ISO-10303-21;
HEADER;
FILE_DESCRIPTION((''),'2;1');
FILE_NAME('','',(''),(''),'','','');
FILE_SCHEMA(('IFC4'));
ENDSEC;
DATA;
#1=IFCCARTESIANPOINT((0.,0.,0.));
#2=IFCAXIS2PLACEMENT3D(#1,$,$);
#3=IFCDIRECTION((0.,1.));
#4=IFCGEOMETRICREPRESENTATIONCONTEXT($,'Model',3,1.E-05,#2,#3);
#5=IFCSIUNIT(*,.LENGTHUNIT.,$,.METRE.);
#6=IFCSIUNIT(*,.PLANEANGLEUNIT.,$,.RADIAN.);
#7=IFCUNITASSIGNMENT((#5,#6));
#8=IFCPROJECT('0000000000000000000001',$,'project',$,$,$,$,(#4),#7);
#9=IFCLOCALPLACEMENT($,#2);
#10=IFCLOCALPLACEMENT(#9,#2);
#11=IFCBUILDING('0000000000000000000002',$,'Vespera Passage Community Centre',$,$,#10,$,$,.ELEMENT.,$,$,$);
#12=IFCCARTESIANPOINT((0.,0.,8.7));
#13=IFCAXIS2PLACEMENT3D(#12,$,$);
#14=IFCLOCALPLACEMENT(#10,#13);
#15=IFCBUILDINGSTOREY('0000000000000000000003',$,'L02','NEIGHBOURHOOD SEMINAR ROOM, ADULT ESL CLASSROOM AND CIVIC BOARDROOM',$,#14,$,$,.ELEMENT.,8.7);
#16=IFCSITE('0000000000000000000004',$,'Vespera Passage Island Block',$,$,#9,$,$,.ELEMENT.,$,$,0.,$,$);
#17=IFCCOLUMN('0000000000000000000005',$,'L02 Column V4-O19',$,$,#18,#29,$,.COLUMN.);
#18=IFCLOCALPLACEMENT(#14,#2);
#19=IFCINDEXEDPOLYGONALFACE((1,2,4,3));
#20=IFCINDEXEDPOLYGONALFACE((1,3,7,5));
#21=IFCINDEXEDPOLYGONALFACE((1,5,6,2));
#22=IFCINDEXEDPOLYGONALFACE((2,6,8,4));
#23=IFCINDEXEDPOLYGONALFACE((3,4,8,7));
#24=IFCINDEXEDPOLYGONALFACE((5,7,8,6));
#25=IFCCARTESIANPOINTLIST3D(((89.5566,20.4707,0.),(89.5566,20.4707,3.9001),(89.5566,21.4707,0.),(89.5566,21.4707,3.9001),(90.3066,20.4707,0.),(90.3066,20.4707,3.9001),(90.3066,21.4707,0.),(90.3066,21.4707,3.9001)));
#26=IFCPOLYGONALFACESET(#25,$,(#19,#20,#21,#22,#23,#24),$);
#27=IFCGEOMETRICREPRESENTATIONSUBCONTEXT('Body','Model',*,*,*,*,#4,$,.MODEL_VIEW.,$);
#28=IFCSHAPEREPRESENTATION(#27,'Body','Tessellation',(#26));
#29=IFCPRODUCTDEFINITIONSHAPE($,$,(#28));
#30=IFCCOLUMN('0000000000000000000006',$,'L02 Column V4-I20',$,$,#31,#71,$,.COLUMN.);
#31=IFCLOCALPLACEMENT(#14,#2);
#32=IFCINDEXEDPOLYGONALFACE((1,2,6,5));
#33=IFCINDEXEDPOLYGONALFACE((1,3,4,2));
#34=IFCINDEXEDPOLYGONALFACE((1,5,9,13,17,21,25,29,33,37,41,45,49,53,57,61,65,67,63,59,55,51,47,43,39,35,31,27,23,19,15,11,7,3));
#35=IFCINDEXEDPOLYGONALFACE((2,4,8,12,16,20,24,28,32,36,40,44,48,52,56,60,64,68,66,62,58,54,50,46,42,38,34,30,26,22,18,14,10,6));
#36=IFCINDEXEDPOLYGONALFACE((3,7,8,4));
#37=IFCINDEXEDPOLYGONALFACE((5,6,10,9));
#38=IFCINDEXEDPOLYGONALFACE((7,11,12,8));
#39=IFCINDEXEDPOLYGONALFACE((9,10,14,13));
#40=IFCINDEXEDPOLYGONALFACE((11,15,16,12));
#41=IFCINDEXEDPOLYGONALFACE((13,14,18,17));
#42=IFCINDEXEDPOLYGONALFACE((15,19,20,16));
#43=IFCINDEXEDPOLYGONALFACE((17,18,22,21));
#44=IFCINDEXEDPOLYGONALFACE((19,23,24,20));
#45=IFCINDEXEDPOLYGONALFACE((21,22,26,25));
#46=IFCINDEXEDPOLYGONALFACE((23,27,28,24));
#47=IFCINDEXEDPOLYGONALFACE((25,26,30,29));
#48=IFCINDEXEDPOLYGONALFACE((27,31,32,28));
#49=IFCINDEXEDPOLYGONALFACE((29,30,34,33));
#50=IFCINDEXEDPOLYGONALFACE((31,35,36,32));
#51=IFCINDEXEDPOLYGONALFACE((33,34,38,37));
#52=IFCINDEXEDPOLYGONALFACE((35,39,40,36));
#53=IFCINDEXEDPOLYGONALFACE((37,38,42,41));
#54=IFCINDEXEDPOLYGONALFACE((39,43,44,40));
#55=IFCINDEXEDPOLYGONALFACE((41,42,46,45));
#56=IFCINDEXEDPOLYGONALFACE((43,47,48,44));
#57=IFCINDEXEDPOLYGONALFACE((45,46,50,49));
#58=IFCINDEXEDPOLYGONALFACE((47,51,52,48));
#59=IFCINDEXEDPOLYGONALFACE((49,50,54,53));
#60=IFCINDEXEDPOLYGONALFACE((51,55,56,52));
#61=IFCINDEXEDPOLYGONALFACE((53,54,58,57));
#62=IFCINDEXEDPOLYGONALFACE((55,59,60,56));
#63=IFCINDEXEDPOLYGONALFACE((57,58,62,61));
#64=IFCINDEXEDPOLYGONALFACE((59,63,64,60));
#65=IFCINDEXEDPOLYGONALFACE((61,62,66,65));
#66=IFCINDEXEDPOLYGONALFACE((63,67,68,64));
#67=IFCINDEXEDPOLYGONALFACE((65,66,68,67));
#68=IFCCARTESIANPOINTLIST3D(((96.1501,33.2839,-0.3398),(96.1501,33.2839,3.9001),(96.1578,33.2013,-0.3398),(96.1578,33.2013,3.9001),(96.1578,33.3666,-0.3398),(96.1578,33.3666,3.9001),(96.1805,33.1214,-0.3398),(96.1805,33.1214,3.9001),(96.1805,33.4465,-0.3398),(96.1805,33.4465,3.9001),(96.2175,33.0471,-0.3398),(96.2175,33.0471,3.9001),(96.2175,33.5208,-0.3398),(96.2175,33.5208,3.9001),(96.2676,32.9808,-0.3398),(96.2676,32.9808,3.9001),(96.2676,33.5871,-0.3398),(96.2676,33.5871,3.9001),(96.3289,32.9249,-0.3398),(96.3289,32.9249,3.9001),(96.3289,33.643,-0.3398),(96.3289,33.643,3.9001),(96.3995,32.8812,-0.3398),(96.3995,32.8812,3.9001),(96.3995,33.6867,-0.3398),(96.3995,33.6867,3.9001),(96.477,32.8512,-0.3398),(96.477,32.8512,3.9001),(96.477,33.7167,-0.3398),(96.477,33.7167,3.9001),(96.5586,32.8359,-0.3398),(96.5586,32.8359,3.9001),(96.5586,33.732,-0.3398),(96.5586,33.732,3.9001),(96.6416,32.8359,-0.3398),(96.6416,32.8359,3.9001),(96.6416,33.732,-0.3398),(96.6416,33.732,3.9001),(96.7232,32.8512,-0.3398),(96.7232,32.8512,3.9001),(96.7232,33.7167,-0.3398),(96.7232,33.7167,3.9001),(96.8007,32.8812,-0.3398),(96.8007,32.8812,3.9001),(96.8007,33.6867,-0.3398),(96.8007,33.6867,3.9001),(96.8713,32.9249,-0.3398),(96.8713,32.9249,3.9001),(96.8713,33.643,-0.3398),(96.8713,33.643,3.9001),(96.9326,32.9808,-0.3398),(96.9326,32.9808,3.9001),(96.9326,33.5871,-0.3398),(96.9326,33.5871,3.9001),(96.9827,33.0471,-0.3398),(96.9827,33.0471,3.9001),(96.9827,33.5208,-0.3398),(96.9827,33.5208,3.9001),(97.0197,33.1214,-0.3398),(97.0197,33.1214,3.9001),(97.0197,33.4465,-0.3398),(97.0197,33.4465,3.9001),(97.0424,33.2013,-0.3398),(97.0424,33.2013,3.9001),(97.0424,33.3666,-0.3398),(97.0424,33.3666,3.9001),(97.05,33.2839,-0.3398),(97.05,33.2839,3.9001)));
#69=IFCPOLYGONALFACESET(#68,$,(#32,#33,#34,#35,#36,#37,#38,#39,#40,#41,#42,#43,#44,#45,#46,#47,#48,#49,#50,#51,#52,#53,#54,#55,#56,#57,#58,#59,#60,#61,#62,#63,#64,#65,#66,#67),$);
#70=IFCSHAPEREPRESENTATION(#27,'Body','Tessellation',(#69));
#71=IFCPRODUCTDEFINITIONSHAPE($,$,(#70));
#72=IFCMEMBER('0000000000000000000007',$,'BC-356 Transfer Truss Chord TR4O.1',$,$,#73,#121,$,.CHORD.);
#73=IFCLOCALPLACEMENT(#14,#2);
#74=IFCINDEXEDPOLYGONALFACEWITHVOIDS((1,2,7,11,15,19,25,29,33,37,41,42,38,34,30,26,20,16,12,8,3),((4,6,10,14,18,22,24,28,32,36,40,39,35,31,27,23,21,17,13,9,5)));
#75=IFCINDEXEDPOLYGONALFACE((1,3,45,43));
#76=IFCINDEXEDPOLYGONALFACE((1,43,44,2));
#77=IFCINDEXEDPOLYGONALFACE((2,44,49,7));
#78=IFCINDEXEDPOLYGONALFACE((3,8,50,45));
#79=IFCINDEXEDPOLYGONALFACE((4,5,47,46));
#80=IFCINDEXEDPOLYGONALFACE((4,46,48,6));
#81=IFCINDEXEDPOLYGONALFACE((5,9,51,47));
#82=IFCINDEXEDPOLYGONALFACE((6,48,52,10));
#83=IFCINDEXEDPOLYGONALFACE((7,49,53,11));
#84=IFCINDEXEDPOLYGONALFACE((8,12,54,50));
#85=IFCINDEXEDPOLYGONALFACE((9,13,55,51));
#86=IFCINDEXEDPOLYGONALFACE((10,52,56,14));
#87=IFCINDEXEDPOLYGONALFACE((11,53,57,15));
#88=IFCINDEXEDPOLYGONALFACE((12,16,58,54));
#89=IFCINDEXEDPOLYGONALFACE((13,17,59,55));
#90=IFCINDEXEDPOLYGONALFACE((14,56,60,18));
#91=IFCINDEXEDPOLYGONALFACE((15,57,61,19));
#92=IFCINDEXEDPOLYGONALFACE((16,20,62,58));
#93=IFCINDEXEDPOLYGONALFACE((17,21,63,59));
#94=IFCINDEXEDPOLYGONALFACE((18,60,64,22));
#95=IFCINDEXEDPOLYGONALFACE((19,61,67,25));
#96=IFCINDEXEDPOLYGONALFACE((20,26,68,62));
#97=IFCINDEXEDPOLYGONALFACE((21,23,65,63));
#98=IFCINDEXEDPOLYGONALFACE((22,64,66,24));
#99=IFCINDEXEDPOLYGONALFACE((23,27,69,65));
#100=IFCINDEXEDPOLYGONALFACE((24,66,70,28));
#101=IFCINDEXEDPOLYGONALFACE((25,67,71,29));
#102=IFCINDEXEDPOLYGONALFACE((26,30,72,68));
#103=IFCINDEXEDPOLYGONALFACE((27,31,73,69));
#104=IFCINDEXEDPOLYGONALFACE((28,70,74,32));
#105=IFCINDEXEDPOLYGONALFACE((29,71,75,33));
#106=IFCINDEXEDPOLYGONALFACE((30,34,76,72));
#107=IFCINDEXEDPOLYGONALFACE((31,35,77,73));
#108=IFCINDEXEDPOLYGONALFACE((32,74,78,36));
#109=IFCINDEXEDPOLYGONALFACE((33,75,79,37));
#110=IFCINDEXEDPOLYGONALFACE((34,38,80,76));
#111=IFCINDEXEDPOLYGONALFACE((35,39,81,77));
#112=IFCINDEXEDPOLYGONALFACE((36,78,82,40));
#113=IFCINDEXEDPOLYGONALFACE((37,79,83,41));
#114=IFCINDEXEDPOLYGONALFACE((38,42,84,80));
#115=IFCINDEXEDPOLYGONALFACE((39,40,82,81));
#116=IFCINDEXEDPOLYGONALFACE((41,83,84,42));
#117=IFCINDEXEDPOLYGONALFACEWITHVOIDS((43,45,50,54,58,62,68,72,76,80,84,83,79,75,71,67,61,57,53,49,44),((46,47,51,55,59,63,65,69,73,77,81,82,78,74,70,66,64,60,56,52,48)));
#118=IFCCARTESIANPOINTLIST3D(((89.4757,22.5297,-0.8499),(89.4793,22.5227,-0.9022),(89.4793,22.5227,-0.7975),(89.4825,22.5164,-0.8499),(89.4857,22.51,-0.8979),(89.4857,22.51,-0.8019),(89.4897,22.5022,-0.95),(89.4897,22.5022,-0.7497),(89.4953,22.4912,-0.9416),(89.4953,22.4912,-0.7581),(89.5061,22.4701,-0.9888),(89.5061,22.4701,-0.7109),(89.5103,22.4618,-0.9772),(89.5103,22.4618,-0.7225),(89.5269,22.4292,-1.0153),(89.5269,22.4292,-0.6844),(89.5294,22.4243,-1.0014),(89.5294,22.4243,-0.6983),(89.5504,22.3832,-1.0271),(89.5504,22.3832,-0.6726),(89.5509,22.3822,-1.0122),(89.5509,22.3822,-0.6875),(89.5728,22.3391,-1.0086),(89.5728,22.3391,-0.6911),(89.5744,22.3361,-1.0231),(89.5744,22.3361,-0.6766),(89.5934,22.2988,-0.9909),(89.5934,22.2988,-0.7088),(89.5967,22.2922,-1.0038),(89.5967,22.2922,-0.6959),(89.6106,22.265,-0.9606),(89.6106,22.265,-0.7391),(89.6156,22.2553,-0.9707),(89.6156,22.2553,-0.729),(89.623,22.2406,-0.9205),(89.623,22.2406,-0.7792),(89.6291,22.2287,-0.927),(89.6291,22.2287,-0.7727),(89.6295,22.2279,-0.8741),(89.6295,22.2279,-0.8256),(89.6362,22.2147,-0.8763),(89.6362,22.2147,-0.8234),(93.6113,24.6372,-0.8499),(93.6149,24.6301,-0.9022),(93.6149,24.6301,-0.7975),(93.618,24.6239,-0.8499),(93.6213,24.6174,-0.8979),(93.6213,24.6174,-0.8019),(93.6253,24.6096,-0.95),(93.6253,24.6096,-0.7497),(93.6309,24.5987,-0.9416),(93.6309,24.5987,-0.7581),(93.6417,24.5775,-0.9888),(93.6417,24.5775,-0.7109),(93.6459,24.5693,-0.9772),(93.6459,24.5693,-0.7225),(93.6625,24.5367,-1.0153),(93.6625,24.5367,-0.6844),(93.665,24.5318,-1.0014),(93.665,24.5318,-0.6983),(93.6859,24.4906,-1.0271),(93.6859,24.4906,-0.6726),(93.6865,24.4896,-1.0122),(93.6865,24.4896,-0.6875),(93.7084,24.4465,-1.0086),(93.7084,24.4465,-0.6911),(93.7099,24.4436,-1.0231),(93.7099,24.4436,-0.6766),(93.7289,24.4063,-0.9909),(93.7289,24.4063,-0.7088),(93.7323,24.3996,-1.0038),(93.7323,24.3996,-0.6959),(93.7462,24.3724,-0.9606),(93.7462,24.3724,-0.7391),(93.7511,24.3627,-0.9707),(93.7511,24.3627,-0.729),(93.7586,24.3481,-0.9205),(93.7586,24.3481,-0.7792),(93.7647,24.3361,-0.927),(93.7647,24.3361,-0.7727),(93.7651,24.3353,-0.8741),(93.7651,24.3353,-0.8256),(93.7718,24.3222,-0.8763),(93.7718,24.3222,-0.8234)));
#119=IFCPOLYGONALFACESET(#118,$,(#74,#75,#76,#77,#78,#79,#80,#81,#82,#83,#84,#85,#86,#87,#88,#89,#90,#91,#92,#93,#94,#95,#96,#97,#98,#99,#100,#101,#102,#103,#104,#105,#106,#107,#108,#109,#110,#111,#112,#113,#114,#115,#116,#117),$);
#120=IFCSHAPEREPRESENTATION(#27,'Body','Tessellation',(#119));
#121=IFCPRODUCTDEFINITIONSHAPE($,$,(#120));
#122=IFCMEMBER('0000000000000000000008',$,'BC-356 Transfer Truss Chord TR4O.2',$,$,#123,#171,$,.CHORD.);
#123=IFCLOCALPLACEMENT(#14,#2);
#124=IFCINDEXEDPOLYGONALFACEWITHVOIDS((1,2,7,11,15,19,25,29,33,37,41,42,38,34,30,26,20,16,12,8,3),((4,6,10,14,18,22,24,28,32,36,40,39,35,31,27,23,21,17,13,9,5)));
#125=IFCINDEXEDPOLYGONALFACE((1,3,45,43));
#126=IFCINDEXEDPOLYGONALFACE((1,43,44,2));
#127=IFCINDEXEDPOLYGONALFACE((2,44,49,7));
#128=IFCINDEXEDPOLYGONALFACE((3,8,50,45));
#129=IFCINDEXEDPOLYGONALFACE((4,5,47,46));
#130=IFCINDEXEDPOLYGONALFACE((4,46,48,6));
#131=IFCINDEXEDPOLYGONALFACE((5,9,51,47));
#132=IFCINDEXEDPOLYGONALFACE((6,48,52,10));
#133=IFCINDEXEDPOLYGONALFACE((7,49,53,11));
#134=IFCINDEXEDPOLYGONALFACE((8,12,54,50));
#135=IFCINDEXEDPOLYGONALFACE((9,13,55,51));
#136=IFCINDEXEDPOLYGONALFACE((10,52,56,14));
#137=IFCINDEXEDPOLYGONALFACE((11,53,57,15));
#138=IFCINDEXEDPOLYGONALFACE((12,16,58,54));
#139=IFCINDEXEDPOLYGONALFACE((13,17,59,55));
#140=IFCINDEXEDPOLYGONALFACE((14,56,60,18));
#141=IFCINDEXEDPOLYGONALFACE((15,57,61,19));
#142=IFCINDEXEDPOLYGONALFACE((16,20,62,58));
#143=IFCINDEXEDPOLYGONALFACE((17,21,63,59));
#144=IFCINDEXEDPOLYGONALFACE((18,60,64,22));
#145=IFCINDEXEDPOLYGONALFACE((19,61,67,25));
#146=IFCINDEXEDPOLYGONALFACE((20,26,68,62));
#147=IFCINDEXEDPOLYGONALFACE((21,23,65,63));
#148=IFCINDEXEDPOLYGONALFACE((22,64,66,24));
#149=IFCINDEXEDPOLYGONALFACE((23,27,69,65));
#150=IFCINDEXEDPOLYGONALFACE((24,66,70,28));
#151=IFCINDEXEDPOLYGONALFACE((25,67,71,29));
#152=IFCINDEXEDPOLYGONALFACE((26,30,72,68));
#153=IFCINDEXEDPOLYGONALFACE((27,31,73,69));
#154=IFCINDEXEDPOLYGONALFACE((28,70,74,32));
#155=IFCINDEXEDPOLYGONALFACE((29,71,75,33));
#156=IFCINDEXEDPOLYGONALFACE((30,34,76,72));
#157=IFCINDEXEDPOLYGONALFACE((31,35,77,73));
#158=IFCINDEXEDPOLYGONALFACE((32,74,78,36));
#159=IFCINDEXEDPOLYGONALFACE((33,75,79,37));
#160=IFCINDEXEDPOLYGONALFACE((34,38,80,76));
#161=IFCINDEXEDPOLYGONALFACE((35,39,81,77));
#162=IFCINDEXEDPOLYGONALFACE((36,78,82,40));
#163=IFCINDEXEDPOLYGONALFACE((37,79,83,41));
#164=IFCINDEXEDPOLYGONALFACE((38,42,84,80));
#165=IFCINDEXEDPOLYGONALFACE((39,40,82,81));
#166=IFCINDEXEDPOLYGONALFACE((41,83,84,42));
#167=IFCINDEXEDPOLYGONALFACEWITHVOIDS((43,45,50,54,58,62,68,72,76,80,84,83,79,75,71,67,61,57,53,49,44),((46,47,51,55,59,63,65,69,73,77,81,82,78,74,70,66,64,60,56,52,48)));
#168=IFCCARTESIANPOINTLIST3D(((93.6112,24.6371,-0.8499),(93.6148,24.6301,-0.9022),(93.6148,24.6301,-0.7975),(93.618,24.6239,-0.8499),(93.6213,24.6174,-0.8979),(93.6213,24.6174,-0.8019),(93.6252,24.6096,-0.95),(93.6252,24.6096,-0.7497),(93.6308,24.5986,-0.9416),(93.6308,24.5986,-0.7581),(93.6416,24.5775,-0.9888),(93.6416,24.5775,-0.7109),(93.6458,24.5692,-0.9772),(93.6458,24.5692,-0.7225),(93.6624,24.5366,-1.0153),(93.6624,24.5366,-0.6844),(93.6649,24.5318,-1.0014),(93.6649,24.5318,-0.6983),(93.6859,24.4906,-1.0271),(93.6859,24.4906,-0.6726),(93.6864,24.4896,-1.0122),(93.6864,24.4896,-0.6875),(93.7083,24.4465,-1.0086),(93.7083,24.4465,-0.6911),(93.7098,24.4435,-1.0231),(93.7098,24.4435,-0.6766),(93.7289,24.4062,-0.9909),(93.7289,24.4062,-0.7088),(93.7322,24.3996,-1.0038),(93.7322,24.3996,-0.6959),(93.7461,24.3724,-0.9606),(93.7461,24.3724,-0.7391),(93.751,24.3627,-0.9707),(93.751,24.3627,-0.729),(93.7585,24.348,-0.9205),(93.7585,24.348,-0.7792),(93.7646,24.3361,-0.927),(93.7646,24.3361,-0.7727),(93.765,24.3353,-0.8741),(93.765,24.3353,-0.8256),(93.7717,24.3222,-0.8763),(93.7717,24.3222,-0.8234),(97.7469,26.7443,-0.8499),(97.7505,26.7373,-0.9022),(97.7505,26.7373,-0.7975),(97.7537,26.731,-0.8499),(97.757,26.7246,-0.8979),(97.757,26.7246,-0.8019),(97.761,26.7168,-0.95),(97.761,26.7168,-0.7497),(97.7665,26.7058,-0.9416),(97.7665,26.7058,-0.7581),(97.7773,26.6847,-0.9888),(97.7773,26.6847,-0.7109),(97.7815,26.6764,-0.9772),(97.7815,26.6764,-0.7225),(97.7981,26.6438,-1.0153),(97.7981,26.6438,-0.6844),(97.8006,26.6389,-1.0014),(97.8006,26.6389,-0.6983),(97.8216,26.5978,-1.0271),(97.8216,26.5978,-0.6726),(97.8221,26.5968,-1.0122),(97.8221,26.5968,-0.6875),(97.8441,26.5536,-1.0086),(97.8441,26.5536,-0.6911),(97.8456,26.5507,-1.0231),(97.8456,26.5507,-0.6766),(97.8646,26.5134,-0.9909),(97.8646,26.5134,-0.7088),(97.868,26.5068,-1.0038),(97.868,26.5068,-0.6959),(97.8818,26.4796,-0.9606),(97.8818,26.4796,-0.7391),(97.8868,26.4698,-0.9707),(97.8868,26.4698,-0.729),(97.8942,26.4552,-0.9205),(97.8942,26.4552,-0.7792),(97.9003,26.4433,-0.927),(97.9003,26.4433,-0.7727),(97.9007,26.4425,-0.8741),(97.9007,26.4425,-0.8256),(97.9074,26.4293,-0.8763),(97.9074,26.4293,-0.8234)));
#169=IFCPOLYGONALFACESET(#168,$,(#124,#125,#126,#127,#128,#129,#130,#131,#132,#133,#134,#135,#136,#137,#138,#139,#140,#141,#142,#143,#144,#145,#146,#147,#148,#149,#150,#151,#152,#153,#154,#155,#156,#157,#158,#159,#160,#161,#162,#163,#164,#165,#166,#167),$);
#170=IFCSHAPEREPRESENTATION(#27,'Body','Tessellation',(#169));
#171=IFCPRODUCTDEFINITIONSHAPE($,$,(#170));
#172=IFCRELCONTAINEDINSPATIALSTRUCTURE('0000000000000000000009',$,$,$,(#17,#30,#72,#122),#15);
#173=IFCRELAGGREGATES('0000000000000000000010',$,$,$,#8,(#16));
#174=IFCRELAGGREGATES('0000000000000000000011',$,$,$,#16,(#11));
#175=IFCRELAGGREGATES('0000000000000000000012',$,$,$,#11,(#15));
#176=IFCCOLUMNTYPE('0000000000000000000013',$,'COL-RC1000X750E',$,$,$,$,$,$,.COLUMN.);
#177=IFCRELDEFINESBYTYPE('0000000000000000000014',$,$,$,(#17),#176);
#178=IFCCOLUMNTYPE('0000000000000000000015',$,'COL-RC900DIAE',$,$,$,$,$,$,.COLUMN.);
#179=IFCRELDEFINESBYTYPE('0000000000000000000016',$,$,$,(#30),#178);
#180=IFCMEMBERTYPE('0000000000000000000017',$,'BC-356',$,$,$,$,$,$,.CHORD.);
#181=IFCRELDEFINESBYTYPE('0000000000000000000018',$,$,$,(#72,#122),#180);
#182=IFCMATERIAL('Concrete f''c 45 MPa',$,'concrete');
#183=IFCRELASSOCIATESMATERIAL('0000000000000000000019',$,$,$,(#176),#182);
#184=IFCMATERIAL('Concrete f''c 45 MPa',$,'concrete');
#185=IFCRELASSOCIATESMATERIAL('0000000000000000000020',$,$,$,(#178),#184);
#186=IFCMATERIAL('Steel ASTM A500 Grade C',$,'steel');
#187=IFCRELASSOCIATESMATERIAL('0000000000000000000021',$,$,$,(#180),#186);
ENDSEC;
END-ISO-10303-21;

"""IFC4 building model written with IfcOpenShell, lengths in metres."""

from ifc_helpers import new_model, si_unit, direction, frame, origin, origin_2d, place, context, subcontext, project, spatial, rectangle, circle, hollow_circle, extrude, material, material_profile, profile_set, type_object, element, save


model = new_model("IFC4")

# Units and contexts
model_context = context("Model", 3, precision=1e-05, world=origin(), true_north=direction((0.0, 1.0)))
body_context = subcontext(model_context, "Body", "Model", "MODEL_VIEW")
ifc_project = project(units=[si_unit("LENGTHUNIT", "METRE"), si_unit("PLANEANGLEUNIT", "RADIAN")], contexts=[model_context])

# Site, building, storey
site_placement = place(None, origin())
site = spatial("IfcSite", under=ifc_project, at=site_placement, Name="Vespera Passage Island Block", CompositionType="ELEMENT", RefElevation=0.0)
building_placement = place(site_placement, origin())
building = spatial("IfcBuilding", under=site, at=building_placement, Name="Vespera Passage Community Centre", CompositionType="ELEMENT")
storey_placement = place(building_placement, frame((0.0, 0.0, 8.7)))
storey = spatial("IfcBuildingStorey", under=building, at=storey_placement, Name="L02", Description="NEIGHBOURHOOD SEMINAR ROOM, ADULT ESL CLASSROOM AND CIVIC BOARDROOM", CompositionType="ELEMENT", Elevation=8.7)

# Columns
ifc_material_1 = material(Name="Concrete f'c 45 MPa", Category="concrete")
ifc_material_profile_1 = material_profile(ifc_material_1, rectangle(XDim=0.75, YDim=1.0, at=origin_2d()), Name="RC1000X750")
ifc_profile_set_1 = profile_set([ifc_material_profile_1], Name="Concrete f'c 45 MPa")
column_type_1 = type_object("IfcColumnType", Name="COL-RC1000X750E", PredefinedType="COLUMN", material=ifc_profile_set_1)
column_1_placement = place(storey_placement, frame((89.9316, 20.9707, 0.0), z_axis=(0.0, 0.0, 1.0), x_axis=(1.0, 0.0, 0.0)))
element("IfcColumn", 1, at=column_1_placement, inside=storey, type_object=column_type_1, Name="L02 Column V4-O19", PredefinedType="COLUMN", context=body_context, shape_type="SweptSolid", body=[
    extrude(rectangle(XDim=0.75, YDim=1.0, at=origin_2d()), origin(), (0.0, 0.0, 1.0), 3.9001),
])
ifc_material_2 = material(Name="Concrete f'c 45 MPa", Category="concrete")
ifc_material_profile_2 = material_profile(ifc_material_2, circle(Radius=0.45, at=origin_2d()), Name="RC900DIA")
ifc_profile_set_2 = profile_set([ifc_material_profile_2], Name="Concrete f'c 45 MPa")
column_type_2 = type_object("IfcColumnType", Name="COL-RC900DIAE", PredefinedType="COLUMN", material=ifc_profile_set_2)
column_2_placement = place(storey_placement, frame((96.6001, 33.2839, -0.3398), z_axis=(0.0, 0.0, 1.0), x_axis=(1.0, 0.0, 0.0)))
element("IfcColumn", 2, at=column_2_placement, inside=storey, type_object=column_type_2, Name="L02 Column V4-I20", PredefinedType="COLUMN", context=body_context, shape_type="SweptSolid", body=[
    extrude(circle(Radius=0.45, at=origin_2d()), origin(), (0.0, 0.0, 1.0), 4.24),
])

# Members
ifc_material_3 = material(Name="Steel ASTM A500 Grade C", Category="steel")
ifc_material_profile_3 = material_profile(ifc_material_3, hollow_circle(Radius=0.1777, WallThickness=0.0149, at=origin_2d()), Name="CHS356X15.9")
ifc_profile_set_3 = profile_set([ifc_material_profile_3], Name="Steel ASTM A500 Grade C")
member_type_1 = type_object("IfcMemberType", Name="BC-356", PredefinedType="CHORD", material=ifc_profile_set_3)
for number, where, z_axis, x_axis, name in (
    (3, (89.5564, 22.3713, -0.8499), (0.890982, 0.454038, 0.0), (-0.454038, 0.890982, 0.0), "BC-356 Transfer Truss Chord TR4O.1"),
    (4, (93.6919, 24.4788, -0.8499), (0.891014, 0.453975, 0.0), (-0.453975, 0.891014, 0.0), "BC-356 Transfer Truss Chord TR4O.2"),
):
    element("IfcMember", number, at=place(storey_placement, frame(where, z_axis=z_axis, x_axis=x_axis)), inside=storey, type_object=member_type_1, Name=name, PredefinedType="CHORD", context=body_context, shape_type="SweptSolid", body=[
        extrude(hollow_circle(Radius=0.1777, WallThickness=0.0149, at=origin_2d()), origin(), (0.0, 0.0, 1.0), 4.6416),
    ])

save(model, "model.ifc")
